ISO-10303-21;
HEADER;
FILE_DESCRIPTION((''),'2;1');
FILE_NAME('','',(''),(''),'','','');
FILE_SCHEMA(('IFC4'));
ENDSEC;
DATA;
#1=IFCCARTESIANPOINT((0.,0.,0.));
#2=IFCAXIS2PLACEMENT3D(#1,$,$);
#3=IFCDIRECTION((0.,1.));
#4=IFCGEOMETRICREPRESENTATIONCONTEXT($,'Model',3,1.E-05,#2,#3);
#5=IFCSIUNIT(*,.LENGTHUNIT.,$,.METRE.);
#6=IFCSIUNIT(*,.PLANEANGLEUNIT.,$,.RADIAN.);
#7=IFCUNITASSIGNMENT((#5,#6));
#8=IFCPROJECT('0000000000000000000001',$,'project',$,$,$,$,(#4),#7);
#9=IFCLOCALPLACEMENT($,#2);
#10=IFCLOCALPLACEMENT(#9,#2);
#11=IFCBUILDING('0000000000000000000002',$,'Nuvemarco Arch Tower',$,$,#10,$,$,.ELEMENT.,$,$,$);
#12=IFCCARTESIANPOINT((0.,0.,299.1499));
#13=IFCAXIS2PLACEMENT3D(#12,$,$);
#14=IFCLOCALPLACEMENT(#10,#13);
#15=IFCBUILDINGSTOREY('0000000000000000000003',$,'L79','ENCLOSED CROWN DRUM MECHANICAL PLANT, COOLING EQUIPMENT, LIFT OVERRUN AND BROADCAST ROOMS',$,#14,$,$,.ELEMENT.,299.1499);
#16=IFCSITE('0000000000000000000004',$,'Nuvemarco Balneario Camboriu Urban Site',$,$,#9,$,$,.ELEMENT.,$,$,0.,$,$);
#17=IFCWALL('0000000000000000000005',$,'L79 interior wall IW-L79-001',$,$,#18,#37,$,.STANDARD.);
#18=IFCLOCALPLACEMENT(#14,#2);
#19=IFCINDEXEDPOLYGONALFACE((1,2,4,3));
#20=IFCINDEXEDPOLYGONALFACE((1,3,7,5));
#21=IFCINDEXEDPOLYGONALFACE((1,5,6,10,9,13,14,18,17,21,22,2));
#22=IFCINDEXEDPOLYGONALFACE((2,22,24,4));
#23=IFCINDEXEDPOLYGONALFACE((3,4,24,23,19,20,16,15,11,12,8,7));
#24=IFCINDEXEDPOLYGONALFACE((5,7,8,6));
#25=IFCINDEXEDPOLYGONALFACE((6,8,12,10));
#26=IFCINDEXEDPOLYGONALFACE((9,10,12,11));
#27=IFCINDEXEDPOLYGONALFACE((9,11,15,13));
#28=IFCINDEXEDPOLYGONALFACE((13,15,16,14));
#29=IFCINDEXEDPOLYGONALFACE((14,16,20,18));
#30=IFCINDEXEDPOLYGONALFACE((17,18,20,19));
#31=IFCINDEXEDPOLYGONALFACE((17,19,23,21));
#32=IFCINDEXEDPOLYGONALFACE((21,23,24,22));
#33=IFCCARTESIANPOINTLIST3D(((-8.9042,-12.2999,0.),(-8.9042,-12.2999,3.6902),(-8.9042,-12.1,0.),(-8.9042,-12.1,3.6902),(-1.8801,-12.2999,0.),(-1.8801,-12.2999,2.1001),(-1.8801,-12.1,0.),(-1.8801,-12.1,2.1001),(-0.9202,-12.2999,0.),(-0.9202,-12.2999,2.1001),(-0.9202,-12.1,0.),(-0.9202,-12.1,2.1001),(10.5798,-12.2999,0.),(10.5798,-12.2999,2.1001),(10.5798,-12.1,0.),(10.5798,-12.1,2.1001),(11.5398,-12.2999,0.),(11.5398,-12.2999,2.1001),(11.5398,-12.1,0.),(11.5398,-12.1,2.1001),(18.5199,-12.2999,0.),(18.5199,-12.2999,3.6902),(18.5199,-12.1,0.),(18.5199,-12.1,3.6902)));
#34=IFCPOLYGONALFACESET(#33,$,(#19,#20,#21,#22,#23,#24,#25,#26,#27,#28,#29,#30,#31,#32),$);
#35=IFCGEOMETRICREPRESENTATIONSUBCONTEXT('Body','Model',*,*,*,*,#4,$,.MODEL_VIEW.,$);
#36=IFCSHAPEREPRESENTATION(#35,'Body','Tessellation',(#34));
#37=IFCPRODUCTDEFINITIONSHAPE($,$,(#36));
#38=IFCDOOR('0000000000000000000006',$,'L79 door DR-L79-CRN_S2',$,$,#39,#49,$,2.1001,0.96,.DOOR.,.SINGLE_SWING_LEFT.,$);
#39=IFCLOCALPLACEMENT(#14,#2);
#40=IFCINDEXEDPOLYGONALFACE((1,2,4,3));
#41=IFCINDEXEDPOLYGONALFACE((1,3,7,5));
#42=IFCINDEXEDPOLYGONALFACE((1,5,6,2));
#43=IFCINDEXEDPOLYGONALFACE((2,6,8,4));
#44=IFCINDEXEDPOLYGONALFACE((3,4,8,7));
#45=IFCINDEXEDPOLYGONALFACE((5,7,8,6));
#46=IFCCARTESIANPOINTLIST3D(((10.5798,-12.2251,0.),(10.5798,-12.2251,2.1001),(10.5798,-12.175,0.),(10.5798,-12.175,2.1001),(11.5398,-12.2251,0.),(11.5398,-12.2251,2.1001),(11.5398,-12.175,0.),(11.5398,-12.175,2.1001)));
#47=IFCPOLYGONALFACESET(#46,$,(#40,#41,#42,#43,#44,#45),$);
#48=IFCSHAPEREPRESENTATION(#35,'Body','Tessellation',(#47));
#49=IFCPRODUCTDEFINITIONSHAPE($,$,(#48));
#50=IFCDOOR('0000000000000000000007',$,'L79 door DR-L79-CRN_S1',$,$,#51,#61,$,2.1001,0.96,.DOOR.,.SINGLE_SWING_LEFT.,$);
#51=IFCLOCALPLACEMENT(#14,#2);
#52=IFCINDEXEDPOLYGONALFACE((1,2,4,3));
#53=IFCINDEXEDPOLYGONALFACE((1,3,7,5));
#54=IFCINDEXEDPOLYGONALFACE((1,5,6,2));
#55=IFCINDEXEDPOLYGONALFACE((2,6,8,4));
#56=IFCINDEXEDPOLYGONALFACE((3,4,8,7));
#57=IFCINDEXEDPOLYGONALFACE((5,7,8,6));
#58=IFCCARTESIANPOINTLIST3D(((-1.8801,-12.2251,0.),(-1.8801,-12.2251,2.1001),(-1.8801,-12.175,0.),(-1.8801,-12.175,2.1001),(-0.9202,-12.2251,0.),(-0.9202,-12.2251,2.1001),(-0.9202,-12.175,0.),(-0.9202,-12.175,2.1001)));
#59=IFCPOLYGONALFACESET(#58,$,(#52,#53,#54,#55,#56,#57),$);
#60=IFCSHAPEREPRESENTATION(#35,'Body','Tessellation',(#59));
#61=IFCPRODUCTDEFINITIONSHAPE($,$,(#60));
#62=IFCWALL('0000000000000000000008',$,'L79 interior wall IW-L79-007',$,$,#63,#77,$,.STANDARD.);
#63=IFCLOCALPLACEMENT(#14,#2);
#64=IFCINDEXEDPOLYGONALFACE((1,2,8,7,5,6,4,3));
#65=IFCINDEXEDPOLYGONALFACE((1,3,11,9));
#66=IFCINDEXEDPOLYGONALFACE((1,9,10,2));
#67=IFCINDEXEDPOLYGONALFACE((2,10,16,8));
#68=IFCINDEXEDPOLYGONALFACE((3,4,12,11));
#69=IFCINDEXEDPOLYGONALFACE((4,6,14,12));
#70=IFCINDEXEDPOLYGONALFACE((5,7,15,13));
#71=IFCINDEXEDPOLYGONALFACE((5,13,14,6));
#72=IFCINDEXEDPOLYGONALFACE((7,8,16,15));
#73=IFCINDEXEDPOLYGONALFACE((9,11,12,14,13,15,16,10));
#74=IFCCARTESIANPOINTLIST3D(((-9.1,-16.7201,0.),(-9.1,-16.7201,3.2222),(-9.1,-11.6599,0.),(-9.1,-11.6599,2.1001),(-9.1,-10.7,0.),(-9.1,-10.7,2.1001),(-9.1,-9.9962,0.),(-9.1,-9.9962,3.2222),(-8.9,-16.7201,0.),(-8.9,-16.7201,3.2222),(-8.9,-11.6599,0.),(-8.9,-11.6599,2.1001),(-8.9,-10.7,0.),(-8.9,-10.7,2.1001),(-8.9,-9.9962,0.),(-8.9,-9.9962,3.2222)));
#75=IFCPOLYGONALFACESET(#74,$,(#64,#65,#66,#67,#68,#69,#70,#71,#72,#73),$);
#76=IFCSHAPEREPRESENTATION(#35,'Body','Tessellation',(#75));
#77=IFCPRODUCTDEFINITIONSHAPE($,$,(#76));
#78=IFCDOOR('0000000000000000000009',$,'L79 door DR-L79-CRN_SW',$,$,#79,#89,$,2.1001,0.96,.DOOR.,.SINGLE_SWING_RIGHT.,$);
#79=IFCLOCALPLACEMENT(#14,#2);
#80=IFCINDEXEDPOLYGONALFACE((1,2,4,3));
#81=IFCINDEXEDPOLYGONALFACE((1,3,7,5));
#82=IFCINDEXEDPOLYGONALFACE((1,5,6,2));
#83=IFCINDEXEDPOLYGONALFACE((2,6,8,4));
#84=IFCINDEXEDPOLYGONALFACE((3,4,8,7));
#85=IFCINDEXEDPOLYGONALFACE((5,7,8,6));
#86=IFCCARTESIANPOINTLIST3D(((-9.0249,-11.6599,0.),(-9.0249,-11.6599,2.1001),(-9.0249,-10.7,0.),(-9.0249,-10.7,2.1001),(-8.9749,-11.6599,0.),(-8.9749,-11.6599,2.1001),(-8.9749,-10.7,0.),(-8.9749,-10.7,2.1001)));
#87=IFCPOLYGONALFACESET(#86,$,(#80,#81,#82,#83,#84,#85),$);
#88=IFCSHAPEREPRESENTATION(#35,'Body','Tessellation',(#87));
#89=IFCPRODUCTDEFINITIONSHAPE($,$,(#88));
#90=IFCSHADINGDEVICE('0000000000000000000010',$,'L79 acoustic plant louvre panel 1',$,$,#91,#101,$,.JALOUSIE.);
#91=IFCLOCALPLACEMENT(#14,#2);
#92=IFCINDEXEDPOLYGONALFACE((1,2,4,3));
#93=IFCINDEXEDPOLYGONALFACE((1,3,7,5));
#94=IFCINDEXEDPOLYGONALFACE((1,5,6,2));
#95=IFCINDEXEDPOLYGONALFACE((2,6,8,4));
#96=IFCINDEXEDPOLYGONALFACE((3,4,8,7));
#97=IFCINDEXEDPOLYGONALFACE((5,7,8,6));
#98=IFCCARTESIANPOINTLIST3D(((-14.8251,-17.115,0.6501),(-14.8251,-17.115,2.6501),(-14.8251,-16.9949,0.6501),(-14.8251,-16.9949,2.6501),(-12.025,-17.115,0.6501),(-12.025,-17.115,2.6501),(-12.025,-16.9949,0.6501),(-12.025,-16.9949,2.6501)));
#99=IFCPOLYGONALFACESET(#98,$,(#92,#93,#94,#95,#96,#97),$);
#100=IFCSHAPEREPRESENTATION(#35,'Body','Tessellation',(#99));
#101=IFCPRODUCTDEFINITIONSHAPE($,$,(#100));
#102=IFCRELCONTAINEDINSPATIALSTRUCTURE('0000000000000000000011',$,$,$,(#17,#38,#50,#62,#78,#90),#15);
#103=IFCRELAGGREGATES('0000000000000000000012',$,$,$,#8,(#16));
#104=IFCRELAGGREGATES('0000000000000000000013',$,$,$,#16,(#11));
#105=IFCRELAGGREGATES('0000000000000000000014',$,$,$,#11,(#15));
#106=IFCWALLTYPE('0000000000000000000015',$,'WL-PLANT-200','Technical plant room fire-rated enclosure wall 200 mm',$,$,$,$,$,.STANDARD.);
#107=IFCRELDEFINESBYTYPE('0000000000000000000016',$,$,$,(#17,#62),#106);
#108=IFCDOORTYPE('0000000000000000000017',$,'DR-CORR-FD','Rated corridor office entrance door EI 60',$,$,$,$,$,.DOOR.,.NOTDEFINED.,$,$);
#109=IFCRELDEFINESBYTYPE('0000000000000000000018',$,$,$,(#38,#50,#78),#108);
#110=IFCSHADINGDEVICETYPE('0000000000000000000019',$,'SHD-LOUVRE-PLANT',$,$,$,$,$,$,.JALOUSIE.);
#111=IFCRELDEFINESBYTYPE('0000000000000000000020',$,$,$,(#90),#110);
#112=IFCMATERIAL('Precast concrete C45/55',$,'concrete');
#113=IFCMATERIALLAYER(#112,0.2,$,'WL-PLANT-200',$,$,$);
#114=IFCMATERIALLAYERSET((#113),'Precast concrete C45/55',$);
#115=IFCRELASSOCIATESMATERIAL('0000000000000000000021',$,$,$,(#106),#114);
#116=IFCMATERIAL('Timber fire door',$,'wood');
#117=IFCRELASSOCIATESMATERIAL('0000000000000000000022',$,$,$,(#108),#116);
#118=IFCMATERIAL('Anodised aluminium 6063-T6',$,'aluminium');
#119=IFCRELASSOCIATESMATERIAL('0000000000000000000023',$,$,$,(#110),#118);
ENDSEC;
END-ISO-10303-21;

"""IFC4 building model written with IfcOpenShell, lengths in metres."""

from ifc_helpers import new_model, si_unit, direction, frame, frame_2d, origin, origin_2d, place, context, subcontext, project, spatial, rectangle, extrude, source, transform, mapped, material, layer, layer_set, type_object, type_shapes, element, fill, save


model = new_model("IFC4")

# Units and contexts
model_context = context("Model", 3, precision=1e-05, world=origin(), true_north=direction((0.0, 1.0)))
body_context = subcontext(model_context, "Body", "Model", "MODEL_VIEW")
ifc_project = project(units=[si_unit("LENGTHUNIT", "METRE"), si_unit("PLANEANGLEUNIT", "RADIAN")], contexts=[model_context])

# Site, building, storey
site_placement = place(None, origin())
site = spatial("IfcSite", under=ifc_project, at=site_placement, Name="Nuvemarco Balneario Camboriu Urban Site", CompositionType="ELEMENT", RefElevation=0.0)
building_placement = place(site_placement, origin())
building = spatial("IfcBuilding", under=site, at=building_placement, Name="Nuvemarco Arch Tower", CompositionType="ELEMENT")
storey_placement = place(building_placement, frame((0.0, 0.0, 299.1499)))
storey = spatial("IfcBuildingStorey", under=building, at=storey_placement, Name="L79", Description="ENCLOSED CROWN DRUM MECHANICAL PLANT, COOLING EQUIPMENT, LIFT OVERRUN AND BROADCAST ROOMS", CompositionType="ELEMENT", Elevation=299.1499)

# Shared definitions
ifc_material_1 = material(Name="Precast concrete C45/55", Category="concrete")

# Wall, openings, doors
ifc_layer_1 = layer(ifc_material_1, 0.2, Name="WL-PLANT-200")
ifc_layer_set_1 = layer_set([ifc_layer_1], Name="Precast concrete C45/55")
wall_type_1 = type_object("IfcWallType", Name="WL-PLANT-200", Description="Technical plant room fire-rated enclosure wall 200 mm", PredefinedType="STANDARD", material=ifc_layer_set_1)
wall_1_placement = place(storey_placement, frame((-8.9041, -12.2, 0.0), z_axis=(0.0, 0.0, 1.0), x_axis=(1.0, 0.0, 0.0)))
wall_1 = element("IfcWall", 1, at=wall_1_placement, inside=storey, type_object=wall_type_1, Name="L79 interior wall IW-L79-001", PredefinedType="STANDARD", context=body_context, shape_type="SweptSolid", body=[
    extrude(rectangle(XDim=27.4241, YDim=0.2, at=frame_2d((13.7119, 0.0))), origin(), (0.0, 0.0, 1.0), 3.6902),
])
opening_1_placement = place(wall_1_placement, frame((19.4839, 0.0, 0.0)))
opening_1 = element("IfcOpeningElement", 2, at=opening_1_placement, cuts=wall_1, PredefinedType="OPENING", context=body_context, shape_type="SweptSolid", body=[
    extrude(rectangle(XDim=0.96, YDim=2.1001, at=frame_2d((0.48, 1.05))), frame((0.0, 0.1099, 0.0), z_axis=(0.0, -1.0, 0.0), x_axis=(1.0, 0.0, 0.0)), (0.0, 0.0, 1.0), 0.22),
])
opening_2_placement = place(wall_1_placement, frame((7.0239, 0.0, 0.0)))
opening_2 = element("IfcOpeningElement", 3, at=opening_2_placement, cuts=wall_1, PredefinedType="OPENING", context=body_context, shape_type="SweptSolid", body=[
    extrude(rectangle(XDim=0.96, YDim=2.1001, at=frame_2d((0.48, 1.05))), frame((0.0, 0.1099, 0.0), z_axis=(0.0, -1.0, 0.0), x_axis=(1.0, 0.0, 0.0)), (0.0, 0.0, 1.0), 0.22),
])
ifc_material_2 = material(Name="Timber fire door", Category="wood")
door_type = type_object("IfcDoorType", Name="DR-CORR-FD", Description="Rated corridor office entrance door EI 60", OperationType="NOTDEFINED", PredefinedType="DOOR", material=ifc_material_2)
shared_shape_1 = source(origin(), body_context, "Body", "SweptSolid", [
    extrude(rectangle(XDim=0.96, YDim=2.1001, at=frame_2d((0.48, 1.05))), frame((0.0, 0.0249, 0.0), z_axis=(0.0, -1.0, 0.0), x_axis=(1.0, 0.0, 0.0)), (0.0, 0.0, 1.0), 0.05),
])
type_shapes(door_type, [shared_shape_1])
door_1_placement = place(opening_1_placement, origin())
door_1 = element("IfcDoor", 4, at=door_1_placement, inside=storey, type_object=door_type, Name="L79 door DR-L79-CRN_S2", OperationType="SINGLE_SWING_LEFT", OverallHeight=2.1001, OverallWidth=0.96, PredefinedType="DOOR", context=body_context, shape_type="MappedRepresentation", body=[
    mapped(shared_shape_1, transform((0.0, 0.0, 0.0), scale=1.0)),
])
fill(opening_1, door_1)
door_2_placement = place(opening_2_placement, origin())
door_2 = element("IfcDoor", 5, at=door_2_placement, inside=storey, type_object=door_type, Name="L79 door DR-L79-CRN_S1", OperationType="SINGLE_SWING_LEFT", OverallHeight=2.1001, OverallWidth=0.96, PredefinedType="DOOR", context=body_context, shape_type="MappedRepresentation", body=[
    mapped(shared_shape_1, transform((0.0, 0.0, 0.0), scale=1.0)),
])
fill(opening_2, door_2)

# Wall, opening, door
wall_2_placement = place(storey_placement, frame((-9.0, -16.72, 0.0), z_axis=(0.0, 0.0, 1.0), x_axis=(0.0, 1.0, 0.0)))
wall_2 = element("IfcWall", 6, at=wall_2_placement, inside=storey, type_object=wall_type_1, Name="L79 interior wall IW-L79-007", PredefinedType="STANDARD", context=body_context, shape_type="SweptSolid", body=[
    extrude(rectangle(XDim=6.7239, YDim=0.2, at=frame_2d((3.3618, 0.0))), origin(), (0.0, 0.0, 1.0), 3.2222),
])
opening_3_placement = place(wall_2_placement, frame((5.0601, 0.0, 0.0)))
opening_3 = element("IfcOpeningElement", 7, at=opening_3_placement, cuts=wall_2, PredefinedType="OPENING", context=body_context, shape_type="SweptSolid", body=[
    extrude(rectangle(XDim=0.96, YDim=2.1001, at=frame_2d((0.48, 1.05))), frame((0.0, 0.1099, 0.0), z_axis=(0.0, -1.0, 0.0), x_axis=(1.0, 0.0, 0.0)), (0.0, 0.0, 1.0), 0.22),
])
door_3_placement = place(opening_3_placement, origin())
door_3 = element("IfcDoor", 8, at=door_3_placement, inside=storey, type_object=door_type, Name="L79 door DR-L79-CRN_SW", OperationType="SINGLE_SWING_RIGHT", OverallHeight=2.1001, OverallWidth=0.96, PredefinedType="DOOR", context=body_context, shape_type="MappedRepresentation", body=[
    mapped(shared_shape_1, transform((0.0, 0.0, 0.0), scale=1.0)),
])
fill(opening_3, door_3)

# Shading device
ifc_material_3 = material(Name="Anodised aluminium 6063-T6", Category="aluminium")
shading_device_type = type_object("IfcShadingDeviceType", Name="SHD-LOUVRE-PLANT", PredefinedType="JALOUSIE", material=ifc_material_3)
shared_shape_2 = source(origin(), body_context, "Body", "SweptSolid", [
    extrude(rectangle(XDim=2.8, YDim=0.1201, at=origin_2d()), origin(), (0.0, 0.0, 1.0), 2.0),
])
type_shapes(shading_device_type, [shared_shape_2])
shading_device_placement = place(storey_placement, frame((-13.425, -17.0549, 0.6501), z_axis=(0.0, 0.0, 1.0), x_axis=(1.0, 0.0, 0.0)))
element("IfcShadingDevice", 9, at=shading_device_placement, inside=storey, type_object=shading_device_type, Name="L79 acoustic plant louvre panel 1", PredefinedType="JALOUSIE", context=body_context, shape_type="MappedRepresentation", body=[
    mapped(shared_shape_2, transform((0.0, 0.0, 0.0), scale=1.0)),
])

save(model, "model.ifc")
